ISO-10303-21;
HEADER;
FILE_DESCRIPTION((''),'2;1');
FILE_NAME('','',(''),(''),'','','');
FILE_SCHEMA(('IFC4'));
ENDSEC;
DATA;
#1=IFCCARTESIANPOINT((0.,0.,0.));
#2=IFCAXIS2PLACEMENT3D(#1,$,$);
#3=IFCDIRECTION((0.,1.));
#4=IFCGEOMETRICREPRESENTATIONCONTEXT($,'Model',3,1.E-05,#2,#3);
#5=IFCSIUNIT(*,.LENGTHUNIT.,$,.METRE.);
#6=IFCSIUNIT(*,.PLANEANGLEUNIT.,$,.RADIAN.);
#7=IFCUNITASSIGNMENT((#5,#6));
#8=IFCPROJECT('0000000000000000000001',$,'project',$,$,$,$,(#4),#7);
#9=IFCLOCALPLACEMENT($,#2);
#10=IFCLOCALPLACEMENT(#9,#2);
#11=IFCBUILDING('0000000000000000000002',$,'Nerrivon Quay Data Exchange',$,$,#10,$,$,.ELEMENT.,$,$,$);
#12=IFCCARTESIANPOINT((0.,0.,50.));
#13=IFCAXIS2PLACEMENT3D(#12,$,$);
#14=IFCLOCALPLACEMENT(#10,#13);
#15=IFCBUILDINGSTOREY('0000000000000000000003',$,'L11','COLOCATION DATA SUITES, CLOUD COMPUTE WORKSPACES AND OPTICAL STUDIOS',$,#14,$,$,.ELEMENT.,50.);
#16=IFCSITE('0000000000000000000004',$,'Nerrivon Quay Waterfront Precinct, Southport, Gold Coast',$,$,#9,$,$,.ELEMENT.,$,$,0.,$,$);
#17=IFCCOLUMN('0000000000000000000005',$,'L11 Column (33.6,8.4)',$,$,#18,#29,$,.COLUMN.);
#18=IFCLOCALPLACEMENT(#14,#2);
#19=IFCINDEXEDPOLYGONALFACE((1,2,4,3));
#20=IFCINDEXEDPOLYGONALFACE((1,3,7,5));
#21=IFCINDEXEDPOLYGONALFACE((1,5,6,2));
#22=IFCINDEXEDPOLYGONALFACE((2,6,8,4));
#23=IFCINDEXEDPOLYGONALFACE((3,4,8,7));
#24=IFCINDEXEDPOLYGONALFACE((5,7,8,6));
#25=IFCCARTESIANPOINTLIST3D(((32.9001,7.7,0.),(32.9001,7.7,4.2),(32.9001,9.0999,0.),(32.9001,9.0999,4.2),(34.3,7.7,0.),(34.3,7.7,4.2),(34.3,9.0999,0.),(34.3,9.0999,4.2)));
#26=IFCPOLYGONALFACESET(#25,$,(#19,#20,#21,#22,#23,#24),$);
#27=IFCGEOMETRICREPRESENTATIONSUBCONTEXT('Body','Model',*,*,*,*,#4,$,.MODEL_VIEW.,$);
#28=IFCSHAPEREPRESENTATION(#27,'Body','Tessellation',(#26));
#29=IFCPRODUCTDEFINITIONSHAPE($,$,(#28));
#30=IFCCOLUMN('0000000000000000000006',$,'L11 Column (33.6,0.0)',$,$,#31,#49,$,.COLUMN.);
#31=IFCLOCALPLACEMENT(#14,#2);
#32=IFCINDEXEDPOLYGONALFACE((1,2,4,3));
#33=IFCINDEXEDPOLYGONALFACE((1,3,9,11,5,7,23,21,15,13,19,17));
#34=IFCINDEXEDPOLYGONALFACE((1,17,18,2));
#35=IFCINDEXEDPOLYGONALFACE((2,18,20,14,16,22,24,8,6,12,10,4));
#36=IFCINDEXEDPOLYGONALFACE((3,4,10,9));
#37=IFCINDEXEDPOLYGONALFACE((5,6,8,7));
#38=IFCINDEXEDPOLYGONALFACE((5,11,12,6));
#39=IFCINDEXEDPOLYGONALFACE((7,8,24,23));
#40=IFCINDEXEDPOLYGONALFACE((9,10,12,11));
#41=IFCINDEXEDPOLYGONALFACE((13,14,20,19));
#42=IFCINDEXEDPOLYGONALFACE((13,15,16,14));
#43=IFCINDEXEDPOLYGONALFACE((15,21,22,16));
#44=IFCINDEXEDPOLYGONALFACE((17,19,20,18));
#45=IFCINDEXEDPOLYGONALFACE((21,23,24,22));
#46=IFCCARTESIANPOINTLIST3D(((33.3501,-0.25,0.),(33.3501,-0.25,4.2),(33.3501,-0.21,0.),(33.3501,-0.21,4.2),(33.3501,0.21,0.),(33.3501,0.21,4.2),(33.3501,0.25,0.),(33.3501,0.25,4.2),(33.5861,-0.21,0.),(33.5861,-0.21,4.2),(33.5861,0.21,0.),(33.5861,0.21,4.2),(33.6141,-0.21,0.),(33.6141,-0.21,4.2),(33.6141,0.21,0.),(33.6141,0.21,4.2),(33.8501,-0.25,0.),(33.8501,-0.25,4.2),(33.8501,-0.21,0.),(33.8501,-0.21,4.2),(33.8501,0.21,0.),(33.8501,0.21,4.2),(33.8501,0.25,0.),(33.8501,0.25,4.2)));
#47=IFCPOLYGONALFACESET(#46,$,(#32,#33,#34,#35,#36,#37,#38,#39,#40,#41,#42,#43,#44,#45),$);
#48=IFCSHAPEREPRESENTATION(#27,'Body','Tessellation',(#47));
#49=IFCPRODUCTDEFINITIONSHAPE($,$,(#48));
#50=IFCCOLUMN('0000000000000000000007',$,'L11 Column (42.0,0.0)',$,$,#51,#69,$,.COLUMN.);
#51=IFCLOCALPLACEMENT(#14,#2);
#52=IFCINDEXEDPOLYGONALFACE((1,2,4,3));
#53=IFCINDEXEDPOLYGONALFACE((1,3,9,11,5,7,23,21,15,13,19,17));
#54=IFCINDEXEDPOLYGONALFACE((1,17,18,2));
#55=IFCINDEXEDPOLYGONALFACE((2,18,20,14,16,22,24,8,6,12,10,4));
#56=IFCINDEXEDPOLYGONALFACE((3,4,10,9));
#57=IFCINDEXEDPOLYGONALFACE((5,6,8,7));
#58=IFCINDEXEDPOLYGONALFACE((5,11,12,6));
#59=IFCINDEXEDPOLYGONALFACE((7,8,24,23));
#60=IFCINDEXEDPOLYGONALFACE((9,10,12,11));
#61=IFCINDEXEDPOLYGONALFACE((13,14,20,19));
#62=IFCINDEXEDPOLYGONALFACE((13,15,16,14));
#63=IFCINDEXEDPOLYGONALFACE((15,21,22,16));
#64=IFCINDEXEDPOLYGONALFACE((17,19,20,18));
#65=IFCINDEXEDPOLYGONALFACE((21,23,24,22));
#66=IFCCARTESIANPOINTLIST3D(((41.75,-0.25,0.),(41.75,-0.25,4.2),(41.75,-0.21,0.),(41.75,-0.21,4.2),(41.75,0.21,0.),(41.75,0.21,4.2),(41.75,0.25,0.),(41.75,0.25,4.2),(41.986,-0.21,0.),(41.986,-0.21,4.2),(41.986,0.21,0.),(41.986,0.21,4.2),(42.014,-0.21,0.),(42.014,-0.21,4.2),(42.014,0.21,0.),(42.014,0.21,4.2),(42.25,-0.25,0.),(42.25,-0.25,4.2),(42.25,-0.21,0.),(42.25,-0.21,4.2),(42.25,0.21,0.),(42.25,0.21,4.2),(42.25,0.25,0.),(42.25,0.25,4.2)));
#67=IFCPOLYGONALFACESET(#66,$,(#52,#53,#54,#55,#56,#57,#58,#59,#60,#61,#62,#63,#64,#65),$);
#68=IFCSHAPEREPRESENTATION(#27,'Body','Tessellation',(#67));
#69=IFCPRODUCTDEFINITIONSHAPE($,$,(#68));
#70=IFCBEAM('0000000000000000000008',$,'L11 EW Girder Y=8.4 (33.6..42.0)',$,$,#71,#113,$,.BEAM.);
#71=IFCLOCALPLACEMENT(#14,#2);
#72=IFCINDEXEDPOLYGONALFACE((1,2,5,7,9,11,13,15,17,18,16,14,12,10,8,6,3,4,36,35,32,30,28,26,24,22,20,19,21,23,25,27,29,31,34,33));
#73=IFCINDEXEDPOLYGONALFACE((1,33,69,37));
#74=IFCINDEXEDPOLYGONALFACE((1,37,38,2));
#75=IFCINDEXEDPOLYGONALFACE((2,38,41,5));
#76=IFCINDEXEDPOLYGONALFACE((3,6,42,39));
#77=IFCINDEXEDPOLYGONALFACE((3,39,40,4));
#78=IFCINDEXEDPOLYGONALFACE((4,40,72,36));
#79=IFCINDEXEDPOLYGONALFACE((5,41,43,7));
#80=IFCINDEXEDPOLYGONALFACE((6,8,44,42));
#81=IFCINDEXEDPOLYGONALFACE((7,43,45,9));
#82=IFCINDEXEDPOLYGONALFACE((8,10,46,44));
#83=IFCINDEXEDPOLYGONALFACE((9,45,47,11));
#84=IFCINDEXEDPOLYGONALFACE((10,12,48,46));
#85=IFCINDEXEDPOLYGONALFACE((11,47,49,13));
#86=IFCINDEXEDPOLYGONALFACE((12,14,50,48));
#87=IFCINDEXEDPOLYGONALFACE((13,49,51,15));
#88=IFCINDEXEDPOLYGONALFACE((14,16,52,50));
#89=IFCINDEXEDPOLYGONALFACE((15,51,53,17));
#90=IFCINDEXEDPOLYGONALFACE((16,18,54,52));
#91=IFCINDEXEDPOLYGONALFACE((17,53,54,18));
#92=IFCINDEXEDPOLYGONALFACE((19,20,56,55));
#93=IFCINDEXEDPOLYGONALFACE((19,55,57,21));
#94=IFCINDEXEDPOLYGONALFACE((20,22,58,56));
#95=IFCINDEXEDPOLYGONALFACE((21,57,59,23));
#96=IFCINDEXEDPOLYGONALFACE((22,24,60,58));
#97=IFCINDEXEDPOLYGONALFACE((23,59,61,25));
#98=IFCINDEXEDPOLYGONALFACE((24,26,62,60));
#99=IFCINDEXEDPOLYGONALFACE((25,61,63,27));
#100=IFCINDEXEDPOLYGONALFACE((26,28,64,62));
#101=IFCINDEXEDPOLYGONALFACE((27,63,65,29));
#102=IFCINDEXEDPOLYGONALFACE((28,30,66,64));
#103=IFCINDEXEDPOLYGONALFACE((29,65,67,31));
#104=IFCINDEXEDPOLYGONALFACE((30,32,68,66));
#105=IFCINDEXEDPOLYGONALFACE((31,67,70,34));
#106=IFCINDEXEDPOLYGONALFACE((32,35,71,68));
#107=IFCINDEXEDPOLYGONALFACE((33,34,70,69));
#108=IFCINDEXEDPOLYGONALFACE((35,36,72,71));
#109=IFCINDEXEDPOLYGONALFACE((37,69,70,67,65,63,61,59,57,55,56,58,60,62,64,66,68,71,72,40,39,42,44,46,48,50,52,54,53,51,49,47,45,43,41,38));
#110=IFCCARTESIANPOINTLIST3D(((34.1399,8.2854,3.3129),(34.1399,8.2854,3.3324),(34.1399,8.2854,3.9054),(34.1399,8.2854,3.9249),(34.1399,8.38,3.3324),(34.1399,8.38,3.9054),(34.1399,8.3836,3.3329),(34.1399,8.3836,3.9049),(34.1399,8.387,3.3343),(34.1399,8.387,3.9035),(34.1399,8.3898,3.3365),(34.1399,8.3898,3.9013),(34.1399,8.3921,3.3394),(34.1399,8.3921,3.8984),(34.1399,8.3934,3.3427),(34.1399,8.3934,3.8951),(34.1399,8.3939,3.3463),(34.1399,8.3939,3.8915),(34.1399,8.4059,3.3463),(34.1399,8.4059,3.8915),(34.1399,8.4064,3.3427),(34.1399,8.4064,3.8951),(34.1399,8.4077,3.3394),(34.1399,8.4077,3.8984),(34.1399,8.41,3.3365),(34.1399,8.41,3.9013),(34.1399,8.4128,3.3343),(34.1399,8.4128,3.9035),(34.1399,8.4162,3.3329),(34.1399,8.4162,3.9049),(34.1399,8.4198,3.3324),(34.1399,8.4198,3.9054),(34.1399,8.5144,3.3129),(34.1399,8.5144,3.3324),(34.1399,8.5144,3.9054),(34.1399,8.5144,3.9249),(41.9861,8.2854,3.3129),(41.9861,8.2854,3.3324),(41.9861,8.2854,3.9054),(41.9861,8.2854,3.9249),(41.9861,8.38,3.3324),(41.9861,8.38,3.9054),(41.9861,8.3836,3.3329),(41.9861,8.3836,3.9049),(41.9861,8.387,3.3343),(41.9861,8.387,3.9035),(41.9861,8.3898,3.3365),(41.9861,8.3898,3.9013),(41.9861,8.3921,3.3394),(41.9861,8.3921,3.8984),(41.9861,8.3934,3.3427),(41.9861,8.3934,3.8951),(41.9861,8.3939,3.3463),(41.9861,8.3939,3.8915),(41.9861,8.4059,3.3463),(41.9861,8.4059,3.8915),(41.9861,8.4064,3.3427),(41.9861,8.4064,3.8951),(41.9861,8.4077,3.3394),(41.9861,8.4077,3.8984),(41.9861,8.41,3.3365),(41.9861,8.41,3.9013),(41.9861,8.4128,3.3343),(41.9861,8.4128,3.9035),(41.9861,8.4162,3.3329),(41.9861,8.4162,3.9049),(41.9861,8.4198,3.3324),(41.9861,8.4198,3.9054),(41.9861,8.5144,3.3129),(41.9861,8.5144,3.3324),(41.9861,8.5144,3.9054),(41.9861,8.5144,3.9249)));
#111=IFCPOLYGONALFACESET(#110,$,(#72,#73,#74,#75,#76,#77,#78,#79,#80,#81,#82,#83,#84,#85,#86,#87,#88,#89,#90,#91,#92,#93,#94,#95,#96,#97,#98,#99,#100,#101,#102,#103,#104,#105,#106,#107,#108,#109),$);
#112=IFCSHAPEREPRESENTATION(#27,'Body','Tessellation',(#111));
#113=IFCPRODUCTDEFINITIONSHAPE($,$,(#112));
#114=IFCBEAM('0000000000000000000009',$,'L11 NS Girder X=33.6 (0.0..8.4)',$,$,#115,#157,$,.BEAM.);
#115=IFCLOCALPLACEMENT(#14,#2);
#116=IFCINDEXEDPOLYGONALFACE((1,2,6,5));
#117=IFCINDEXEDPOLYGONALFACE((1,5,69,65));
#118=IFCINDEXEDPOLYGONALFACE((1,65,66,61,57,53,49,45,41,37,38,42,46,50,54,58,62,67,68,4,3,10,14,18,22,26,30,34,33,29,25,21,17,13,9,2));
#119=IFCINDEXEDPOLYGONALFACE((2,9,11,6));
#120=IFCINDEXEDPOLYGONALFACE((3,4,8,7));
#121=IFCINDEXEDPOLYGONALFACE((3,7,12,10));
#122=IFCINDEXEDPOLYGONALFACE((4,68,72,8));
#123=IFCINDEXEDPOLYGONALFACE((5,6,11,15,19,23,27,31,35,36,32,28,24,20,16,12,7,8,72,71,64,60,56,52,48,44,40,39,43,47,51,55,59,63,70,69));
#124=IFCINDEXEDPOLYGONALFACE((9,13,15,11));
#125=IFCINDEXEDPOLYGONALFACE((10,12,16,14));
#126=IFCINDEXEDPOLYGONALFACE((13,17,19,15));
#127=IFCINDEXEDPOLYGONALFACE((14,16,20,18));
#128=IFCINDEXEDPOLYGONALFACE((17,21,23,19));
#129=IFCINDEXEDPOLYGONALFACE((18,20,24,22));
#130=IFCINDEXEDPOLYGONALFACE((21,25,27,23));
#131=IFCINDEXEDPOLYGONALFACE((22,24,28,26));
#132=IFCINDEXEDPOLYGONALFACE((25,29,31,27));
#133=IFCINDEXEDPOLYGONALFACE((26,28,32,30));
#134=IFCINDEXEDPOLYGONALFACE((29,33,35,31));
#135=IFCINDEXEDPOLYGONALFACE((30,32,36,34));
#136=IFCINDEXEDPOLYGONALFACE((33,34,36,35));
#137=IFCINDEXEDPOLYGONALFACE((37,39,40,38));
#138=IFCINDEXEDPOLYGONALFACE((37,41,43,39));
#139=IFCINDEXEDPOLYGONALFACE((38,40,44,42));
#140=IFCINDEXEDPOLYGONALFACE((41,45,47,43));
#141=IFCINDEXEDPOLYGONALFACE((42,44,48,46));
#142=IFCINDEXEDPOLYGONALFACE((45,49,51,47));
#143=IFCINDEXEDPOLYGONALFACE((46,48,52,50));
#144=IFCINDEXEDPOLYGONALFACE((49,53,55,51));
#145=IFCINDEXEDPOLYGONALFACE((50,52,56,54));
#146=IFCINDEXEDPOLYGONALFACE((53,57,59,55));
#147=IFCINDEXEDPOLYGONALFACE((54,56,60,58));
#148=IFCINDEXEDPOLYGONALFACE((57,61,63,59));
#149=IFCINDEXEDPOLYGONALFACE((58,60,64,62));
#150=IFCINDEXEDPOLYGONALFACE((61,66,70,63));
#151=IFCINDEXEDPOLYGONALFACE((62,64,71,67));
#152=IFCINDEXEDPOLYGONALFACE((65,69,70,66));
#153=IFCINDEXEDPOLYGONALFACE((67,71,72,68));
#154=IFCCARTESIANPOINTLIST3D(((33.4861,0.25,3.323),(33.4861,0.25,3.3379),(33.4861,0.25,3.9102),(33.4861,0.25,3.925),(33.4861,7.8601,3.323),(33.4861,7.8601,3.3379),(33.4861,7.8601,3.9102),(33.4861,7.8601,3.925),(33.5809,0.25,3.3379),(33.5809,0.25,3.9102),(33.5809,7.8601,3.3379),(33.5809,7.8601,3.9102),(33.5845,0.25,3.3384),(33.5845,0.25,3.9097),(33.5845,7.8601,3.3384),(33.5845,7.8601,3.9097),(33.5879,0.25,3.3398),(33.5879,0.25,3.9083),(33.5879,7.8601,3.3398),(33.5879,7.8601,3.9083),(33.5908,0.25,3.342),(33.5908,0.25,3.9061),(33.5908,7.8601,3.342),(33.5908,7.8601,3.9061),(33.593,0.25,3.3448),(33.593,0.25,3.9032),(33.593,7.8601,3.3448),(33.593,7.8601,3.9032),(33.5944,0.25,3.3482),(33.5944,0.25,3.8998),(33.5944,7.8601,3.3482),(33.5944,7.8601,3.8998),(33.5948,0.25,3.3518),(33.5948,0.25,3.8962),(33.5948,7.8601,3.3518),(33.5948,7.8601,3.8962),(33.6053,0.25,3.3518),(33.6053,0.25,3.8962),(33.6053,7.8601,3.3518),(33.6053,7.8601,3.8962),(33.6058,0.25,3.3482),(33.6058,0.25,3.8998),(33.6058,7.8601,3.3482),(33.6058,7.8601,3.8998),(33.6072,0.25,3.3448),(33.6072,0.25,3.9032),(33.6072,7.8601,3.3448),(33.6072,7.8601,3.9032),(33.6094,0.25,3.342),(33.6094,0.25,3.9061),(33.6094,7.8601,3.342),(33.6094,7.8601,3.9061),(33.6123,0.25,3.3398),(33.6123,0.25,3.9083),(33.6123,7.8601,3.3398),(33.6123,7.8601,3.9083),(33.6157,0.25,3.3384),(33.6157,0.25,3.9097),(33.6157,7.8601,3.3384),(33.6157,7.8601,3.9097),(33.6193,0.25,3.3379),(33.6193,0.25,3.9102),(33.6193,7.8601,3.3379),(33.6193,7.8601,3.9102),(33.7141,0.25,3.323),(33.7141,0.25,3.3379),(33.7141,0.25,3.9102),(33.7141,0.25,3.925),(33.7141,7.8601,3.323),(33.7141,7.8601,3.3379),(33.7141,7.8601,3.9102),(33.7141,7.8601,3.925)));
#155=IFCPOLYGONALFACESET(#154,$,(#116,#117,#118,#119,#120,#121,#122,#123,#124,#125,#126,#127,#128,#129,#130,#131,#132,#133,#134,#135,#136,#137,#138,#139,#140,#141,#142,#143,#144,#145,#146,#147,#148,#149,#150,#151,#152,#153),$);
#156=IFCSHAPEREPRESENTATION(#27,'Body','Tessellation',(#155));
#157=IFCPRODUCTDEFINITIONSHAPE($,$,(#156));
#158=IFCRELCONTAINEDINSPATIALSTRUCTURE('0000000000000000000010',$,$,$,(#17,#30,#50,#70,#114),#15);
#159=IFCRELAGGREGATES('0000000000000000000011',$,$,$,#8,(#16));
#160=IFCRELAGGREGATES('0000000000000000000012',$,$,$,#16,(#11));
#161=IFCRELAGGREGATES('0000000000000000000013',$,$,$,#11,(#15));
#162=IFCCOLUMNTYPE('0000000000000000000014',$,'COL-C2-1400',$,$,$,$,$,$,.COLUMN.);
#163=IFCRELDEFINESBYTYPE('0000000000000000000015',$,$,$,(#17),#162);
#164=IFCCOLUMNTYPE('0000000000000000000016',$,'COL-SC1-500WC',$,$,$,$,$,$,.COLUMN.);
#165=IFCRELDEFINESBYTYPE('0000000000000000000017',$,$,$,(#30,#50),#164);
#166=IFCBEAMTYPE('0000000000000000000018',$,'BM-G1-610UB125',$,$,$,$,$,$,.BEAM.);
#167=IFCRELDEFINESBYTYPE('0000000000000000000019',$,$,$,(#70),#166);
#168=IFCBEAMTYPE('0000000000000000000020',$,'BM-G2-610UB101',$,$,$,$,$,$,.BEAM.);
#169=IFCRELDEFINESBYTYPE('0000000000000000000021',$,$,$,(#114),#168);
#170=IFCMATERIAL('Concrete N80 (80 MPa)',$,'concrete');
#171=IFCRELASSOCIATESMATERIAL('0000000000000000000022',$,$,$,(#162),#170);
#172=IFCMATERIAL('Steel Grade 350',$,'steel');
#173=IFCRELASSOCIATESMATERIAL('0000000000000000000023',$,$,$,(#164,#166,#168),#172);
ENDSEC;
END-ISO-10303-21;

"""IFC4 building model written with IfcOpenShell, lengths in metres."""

from ifc_helpers import new_model, si_unit, direction, frame, origin, origin_2d, place, context, subcontext, project, spatial, rectangle, i_section, extrude, material, material_profile, profile_set, type_object, element, save


model = new_model("IFC4")

# Units and contexts
model_context = context("Model", 3, precision=1e-05, world=origin(), true_north=direction((0.0, 1.0)))
body_context = subcontext(model_context, "Body", "Model", "MODEL_VIEW")
ifc_project = project(units=[si_unit("LENGTHUNIT", "METRE"), si_unit("PLANEANGLEUNIT", "RADIAN")], contexts=[model_context])

# Site, building, storey
site_placement = place(None, origin())
site = spatial("IfcSite", under=ifc_project, at=site_placement, Name="Nerrivon Quay Waterfront Precinct, Southport, Gold Coast", CompositionType="ELEMENT", RefElevation=0.0)
building_placement = place(site_placement, origin())
building = spatial("IfcBuilding", under=site, at=building_placement, Name="Nerrivon Quay Data Exchange", CompositionType="ELEMENT")
storey_placement = place(building_placement, frame((0.0, 0.0, 50.0)))
storey = spatial("IfcBuildingStorey", under=building, at=storey_placement, Name="L11", Description="COLOCATION DATA SUITES, CLOUD COMPUTE WORKSPACES AND OPTICAL STUDIOS", CompositionType="ELEMENT", Elevation=50.0)

# Columns
ifc_material_1 = material(Name="Concrete N80 (80 MPa)", Category="concrete")
ifc_material_profile_1 = material_profile(ifc_material_1, rectangle(XDim=1.3999, YDim=1.3999, at=origin_2d()), Name="RC-COL-1400x1400")
ifc_profile_set_1 = profile_set([ifc_material_profile_1], Name="Concrete N80 (80 MPa)")
column_type_1 = type_object("IfcColumnType", Name="COL-C2-1400", PredefinedType="COLUMN", material=ifc_profile_set_1)
column_placement = place(storey_placement, frame((33.6001, 8.3999, 0.0), z_axis=(0.0, 0.0, 1.0), x_axis=(1.0, 0.0, 0.0)))
element("IfcColumn", 1, at=column_placement, inside=storey, type_object=column_type_1, Name="L11 Column (33.6,8.4)", PredefinedType="COLUMN", context=body_context, shape_type="SweptSolid", body=[
    extrude(rectangle(XDim=1.3999, YDim=1.3999, at=origin_2d()), origin(), (0.0, 0.0, 1.0), 4.2),
])
ifc_material_2 = material(Name="Steel Grade 350", Category="steel")
ifc_material_profile_2 = material_profile(ifc_material_2, i_section(OverallWidth=0.5, OverallDepth=0.5, WebThickness=0.0281, FlangeThickness=0.04, at=origin_2d()), Name="500WC440")
ifc_profile_set_2 = profile_set([ifc_material_profile_2], Name="Steel Grade 350")
column_type_2 = type_object("IfcColumnType", Name="COL-SC1-500WC", PredefinedType="COLUMN", material=ifc_profile_set_2)
for number, where, z_axis, x_axis, name in (
    (2, (33.6001, 0.0, 0.0), (0.0, 0.0, 1.0), (1.0, 0.0, 0.0), "L11 Column (33.6,0.0)"),
    (3, (42.0, 0.0, 0.0), (0.0, 0.0, 1.0), (1.0, 0.0, 0.0), "L11 Column (42.0,0.0)"),
):
    element("IfcColumn", number, at=place(storey_placement, frame(where, z_axis=z_axis, x_axis=x_axis)), inside=storey, type_object=column_type_2, Name=name, PredefinedType="COLUMN", context=body_context, shape_type="SweptSolid", body=[
        extrude(i_section(OverallWidth=0.5, OverallDepth=0.5, WebThickness=0.0281, FlangeThickness=0.04, at=origin_2d()), origin(), (0.0, 0.0, 1.0), 4.2),
    ])

# Beams
ifc_material_profile_3 = material_profile(ifc_material_2, i_section(OverallWidth=0.229, OverallDepth=0.6121, WebThickness=0.012, FlangeThickness=0.0195, FilletRadius=0.0139, at=origin_2d()), Name="610UB125")
ifc_profile_set_3 = profile_set([ifc_material_profile_3], Name="Steel Grade 350")
beam_type_1 = type_object("IfcBeamType", Name="BM-G1-610UB125", PredefinedType="BEAM", material=ifc_profile_set_3)
beam_1_placement = place(storey_placement, frame((34.1399, 8.3999, 3.6189), z_axis=(1.0, 0.0, 0.0), x_axis=(0.0, 1.0, 0.0)))
element("IfcBeam", 4, at=beam_1_placement, inside=storey, type_object=beam_type_1, Name="L11 EW Girder Y=8.4 (33.6..42.0)", PredefinedType="BEAM", context=body_context, shape_type="SweptSolid", body=[
    extrude(i_section(OverallWidth=0.229, OverallDepth=0.6121, WebThickness=0.012, FlangeThickness=0.0195, FilletRadius=0.0139, at=origin_2d()), origin(), (0.0, 0.0, 1.0), 7.8462),
])
ifc_material_profile_4 = material_profile(ifc_material_2, i_section(OverallWidth=0.228, OverallDepth=0.6021, WebThickness=0.0105, FlangeThickness=0.0149, FilletRadius=0.0139, at=origin_2d()), Name="610UB101")
ifc_profile_set_4 = profile_set([ifc_material_profile_4], Name="Steel Grade 350")
beam_type_2 = type_object("IfcBeamType", Name="BM-G2-610UB101", PredefinedType="BEAM", material=ifc_profile_set_4)
beam_2_placement = place(storey_placement, frame((33.6001, 0.25, 3.624), z_axis=(0.0, 1.0, 0.0), x_axis=(-1.0, 0.0, 0.0)))
element("IfcBeam", 5, at=beam_2_placement, inside=storey, type_object=beam_type_2, Name="L11 NS Girder X=33.6 (0.0..8.4)", PredefinedType="BEAM", context=body_context, shape_type="SweptSolid", body=[
    extrude(i_section(OverallWidth=0.228, OverallDepth=0.6021, WebThickness=0.0105, FlangeThickness=0.0149, FilletRadius=0.0139, at=origin_2d()), origin(), (0.0, 0.0, 1.0), 7.6101),
])

save(model, "model.ifc")
